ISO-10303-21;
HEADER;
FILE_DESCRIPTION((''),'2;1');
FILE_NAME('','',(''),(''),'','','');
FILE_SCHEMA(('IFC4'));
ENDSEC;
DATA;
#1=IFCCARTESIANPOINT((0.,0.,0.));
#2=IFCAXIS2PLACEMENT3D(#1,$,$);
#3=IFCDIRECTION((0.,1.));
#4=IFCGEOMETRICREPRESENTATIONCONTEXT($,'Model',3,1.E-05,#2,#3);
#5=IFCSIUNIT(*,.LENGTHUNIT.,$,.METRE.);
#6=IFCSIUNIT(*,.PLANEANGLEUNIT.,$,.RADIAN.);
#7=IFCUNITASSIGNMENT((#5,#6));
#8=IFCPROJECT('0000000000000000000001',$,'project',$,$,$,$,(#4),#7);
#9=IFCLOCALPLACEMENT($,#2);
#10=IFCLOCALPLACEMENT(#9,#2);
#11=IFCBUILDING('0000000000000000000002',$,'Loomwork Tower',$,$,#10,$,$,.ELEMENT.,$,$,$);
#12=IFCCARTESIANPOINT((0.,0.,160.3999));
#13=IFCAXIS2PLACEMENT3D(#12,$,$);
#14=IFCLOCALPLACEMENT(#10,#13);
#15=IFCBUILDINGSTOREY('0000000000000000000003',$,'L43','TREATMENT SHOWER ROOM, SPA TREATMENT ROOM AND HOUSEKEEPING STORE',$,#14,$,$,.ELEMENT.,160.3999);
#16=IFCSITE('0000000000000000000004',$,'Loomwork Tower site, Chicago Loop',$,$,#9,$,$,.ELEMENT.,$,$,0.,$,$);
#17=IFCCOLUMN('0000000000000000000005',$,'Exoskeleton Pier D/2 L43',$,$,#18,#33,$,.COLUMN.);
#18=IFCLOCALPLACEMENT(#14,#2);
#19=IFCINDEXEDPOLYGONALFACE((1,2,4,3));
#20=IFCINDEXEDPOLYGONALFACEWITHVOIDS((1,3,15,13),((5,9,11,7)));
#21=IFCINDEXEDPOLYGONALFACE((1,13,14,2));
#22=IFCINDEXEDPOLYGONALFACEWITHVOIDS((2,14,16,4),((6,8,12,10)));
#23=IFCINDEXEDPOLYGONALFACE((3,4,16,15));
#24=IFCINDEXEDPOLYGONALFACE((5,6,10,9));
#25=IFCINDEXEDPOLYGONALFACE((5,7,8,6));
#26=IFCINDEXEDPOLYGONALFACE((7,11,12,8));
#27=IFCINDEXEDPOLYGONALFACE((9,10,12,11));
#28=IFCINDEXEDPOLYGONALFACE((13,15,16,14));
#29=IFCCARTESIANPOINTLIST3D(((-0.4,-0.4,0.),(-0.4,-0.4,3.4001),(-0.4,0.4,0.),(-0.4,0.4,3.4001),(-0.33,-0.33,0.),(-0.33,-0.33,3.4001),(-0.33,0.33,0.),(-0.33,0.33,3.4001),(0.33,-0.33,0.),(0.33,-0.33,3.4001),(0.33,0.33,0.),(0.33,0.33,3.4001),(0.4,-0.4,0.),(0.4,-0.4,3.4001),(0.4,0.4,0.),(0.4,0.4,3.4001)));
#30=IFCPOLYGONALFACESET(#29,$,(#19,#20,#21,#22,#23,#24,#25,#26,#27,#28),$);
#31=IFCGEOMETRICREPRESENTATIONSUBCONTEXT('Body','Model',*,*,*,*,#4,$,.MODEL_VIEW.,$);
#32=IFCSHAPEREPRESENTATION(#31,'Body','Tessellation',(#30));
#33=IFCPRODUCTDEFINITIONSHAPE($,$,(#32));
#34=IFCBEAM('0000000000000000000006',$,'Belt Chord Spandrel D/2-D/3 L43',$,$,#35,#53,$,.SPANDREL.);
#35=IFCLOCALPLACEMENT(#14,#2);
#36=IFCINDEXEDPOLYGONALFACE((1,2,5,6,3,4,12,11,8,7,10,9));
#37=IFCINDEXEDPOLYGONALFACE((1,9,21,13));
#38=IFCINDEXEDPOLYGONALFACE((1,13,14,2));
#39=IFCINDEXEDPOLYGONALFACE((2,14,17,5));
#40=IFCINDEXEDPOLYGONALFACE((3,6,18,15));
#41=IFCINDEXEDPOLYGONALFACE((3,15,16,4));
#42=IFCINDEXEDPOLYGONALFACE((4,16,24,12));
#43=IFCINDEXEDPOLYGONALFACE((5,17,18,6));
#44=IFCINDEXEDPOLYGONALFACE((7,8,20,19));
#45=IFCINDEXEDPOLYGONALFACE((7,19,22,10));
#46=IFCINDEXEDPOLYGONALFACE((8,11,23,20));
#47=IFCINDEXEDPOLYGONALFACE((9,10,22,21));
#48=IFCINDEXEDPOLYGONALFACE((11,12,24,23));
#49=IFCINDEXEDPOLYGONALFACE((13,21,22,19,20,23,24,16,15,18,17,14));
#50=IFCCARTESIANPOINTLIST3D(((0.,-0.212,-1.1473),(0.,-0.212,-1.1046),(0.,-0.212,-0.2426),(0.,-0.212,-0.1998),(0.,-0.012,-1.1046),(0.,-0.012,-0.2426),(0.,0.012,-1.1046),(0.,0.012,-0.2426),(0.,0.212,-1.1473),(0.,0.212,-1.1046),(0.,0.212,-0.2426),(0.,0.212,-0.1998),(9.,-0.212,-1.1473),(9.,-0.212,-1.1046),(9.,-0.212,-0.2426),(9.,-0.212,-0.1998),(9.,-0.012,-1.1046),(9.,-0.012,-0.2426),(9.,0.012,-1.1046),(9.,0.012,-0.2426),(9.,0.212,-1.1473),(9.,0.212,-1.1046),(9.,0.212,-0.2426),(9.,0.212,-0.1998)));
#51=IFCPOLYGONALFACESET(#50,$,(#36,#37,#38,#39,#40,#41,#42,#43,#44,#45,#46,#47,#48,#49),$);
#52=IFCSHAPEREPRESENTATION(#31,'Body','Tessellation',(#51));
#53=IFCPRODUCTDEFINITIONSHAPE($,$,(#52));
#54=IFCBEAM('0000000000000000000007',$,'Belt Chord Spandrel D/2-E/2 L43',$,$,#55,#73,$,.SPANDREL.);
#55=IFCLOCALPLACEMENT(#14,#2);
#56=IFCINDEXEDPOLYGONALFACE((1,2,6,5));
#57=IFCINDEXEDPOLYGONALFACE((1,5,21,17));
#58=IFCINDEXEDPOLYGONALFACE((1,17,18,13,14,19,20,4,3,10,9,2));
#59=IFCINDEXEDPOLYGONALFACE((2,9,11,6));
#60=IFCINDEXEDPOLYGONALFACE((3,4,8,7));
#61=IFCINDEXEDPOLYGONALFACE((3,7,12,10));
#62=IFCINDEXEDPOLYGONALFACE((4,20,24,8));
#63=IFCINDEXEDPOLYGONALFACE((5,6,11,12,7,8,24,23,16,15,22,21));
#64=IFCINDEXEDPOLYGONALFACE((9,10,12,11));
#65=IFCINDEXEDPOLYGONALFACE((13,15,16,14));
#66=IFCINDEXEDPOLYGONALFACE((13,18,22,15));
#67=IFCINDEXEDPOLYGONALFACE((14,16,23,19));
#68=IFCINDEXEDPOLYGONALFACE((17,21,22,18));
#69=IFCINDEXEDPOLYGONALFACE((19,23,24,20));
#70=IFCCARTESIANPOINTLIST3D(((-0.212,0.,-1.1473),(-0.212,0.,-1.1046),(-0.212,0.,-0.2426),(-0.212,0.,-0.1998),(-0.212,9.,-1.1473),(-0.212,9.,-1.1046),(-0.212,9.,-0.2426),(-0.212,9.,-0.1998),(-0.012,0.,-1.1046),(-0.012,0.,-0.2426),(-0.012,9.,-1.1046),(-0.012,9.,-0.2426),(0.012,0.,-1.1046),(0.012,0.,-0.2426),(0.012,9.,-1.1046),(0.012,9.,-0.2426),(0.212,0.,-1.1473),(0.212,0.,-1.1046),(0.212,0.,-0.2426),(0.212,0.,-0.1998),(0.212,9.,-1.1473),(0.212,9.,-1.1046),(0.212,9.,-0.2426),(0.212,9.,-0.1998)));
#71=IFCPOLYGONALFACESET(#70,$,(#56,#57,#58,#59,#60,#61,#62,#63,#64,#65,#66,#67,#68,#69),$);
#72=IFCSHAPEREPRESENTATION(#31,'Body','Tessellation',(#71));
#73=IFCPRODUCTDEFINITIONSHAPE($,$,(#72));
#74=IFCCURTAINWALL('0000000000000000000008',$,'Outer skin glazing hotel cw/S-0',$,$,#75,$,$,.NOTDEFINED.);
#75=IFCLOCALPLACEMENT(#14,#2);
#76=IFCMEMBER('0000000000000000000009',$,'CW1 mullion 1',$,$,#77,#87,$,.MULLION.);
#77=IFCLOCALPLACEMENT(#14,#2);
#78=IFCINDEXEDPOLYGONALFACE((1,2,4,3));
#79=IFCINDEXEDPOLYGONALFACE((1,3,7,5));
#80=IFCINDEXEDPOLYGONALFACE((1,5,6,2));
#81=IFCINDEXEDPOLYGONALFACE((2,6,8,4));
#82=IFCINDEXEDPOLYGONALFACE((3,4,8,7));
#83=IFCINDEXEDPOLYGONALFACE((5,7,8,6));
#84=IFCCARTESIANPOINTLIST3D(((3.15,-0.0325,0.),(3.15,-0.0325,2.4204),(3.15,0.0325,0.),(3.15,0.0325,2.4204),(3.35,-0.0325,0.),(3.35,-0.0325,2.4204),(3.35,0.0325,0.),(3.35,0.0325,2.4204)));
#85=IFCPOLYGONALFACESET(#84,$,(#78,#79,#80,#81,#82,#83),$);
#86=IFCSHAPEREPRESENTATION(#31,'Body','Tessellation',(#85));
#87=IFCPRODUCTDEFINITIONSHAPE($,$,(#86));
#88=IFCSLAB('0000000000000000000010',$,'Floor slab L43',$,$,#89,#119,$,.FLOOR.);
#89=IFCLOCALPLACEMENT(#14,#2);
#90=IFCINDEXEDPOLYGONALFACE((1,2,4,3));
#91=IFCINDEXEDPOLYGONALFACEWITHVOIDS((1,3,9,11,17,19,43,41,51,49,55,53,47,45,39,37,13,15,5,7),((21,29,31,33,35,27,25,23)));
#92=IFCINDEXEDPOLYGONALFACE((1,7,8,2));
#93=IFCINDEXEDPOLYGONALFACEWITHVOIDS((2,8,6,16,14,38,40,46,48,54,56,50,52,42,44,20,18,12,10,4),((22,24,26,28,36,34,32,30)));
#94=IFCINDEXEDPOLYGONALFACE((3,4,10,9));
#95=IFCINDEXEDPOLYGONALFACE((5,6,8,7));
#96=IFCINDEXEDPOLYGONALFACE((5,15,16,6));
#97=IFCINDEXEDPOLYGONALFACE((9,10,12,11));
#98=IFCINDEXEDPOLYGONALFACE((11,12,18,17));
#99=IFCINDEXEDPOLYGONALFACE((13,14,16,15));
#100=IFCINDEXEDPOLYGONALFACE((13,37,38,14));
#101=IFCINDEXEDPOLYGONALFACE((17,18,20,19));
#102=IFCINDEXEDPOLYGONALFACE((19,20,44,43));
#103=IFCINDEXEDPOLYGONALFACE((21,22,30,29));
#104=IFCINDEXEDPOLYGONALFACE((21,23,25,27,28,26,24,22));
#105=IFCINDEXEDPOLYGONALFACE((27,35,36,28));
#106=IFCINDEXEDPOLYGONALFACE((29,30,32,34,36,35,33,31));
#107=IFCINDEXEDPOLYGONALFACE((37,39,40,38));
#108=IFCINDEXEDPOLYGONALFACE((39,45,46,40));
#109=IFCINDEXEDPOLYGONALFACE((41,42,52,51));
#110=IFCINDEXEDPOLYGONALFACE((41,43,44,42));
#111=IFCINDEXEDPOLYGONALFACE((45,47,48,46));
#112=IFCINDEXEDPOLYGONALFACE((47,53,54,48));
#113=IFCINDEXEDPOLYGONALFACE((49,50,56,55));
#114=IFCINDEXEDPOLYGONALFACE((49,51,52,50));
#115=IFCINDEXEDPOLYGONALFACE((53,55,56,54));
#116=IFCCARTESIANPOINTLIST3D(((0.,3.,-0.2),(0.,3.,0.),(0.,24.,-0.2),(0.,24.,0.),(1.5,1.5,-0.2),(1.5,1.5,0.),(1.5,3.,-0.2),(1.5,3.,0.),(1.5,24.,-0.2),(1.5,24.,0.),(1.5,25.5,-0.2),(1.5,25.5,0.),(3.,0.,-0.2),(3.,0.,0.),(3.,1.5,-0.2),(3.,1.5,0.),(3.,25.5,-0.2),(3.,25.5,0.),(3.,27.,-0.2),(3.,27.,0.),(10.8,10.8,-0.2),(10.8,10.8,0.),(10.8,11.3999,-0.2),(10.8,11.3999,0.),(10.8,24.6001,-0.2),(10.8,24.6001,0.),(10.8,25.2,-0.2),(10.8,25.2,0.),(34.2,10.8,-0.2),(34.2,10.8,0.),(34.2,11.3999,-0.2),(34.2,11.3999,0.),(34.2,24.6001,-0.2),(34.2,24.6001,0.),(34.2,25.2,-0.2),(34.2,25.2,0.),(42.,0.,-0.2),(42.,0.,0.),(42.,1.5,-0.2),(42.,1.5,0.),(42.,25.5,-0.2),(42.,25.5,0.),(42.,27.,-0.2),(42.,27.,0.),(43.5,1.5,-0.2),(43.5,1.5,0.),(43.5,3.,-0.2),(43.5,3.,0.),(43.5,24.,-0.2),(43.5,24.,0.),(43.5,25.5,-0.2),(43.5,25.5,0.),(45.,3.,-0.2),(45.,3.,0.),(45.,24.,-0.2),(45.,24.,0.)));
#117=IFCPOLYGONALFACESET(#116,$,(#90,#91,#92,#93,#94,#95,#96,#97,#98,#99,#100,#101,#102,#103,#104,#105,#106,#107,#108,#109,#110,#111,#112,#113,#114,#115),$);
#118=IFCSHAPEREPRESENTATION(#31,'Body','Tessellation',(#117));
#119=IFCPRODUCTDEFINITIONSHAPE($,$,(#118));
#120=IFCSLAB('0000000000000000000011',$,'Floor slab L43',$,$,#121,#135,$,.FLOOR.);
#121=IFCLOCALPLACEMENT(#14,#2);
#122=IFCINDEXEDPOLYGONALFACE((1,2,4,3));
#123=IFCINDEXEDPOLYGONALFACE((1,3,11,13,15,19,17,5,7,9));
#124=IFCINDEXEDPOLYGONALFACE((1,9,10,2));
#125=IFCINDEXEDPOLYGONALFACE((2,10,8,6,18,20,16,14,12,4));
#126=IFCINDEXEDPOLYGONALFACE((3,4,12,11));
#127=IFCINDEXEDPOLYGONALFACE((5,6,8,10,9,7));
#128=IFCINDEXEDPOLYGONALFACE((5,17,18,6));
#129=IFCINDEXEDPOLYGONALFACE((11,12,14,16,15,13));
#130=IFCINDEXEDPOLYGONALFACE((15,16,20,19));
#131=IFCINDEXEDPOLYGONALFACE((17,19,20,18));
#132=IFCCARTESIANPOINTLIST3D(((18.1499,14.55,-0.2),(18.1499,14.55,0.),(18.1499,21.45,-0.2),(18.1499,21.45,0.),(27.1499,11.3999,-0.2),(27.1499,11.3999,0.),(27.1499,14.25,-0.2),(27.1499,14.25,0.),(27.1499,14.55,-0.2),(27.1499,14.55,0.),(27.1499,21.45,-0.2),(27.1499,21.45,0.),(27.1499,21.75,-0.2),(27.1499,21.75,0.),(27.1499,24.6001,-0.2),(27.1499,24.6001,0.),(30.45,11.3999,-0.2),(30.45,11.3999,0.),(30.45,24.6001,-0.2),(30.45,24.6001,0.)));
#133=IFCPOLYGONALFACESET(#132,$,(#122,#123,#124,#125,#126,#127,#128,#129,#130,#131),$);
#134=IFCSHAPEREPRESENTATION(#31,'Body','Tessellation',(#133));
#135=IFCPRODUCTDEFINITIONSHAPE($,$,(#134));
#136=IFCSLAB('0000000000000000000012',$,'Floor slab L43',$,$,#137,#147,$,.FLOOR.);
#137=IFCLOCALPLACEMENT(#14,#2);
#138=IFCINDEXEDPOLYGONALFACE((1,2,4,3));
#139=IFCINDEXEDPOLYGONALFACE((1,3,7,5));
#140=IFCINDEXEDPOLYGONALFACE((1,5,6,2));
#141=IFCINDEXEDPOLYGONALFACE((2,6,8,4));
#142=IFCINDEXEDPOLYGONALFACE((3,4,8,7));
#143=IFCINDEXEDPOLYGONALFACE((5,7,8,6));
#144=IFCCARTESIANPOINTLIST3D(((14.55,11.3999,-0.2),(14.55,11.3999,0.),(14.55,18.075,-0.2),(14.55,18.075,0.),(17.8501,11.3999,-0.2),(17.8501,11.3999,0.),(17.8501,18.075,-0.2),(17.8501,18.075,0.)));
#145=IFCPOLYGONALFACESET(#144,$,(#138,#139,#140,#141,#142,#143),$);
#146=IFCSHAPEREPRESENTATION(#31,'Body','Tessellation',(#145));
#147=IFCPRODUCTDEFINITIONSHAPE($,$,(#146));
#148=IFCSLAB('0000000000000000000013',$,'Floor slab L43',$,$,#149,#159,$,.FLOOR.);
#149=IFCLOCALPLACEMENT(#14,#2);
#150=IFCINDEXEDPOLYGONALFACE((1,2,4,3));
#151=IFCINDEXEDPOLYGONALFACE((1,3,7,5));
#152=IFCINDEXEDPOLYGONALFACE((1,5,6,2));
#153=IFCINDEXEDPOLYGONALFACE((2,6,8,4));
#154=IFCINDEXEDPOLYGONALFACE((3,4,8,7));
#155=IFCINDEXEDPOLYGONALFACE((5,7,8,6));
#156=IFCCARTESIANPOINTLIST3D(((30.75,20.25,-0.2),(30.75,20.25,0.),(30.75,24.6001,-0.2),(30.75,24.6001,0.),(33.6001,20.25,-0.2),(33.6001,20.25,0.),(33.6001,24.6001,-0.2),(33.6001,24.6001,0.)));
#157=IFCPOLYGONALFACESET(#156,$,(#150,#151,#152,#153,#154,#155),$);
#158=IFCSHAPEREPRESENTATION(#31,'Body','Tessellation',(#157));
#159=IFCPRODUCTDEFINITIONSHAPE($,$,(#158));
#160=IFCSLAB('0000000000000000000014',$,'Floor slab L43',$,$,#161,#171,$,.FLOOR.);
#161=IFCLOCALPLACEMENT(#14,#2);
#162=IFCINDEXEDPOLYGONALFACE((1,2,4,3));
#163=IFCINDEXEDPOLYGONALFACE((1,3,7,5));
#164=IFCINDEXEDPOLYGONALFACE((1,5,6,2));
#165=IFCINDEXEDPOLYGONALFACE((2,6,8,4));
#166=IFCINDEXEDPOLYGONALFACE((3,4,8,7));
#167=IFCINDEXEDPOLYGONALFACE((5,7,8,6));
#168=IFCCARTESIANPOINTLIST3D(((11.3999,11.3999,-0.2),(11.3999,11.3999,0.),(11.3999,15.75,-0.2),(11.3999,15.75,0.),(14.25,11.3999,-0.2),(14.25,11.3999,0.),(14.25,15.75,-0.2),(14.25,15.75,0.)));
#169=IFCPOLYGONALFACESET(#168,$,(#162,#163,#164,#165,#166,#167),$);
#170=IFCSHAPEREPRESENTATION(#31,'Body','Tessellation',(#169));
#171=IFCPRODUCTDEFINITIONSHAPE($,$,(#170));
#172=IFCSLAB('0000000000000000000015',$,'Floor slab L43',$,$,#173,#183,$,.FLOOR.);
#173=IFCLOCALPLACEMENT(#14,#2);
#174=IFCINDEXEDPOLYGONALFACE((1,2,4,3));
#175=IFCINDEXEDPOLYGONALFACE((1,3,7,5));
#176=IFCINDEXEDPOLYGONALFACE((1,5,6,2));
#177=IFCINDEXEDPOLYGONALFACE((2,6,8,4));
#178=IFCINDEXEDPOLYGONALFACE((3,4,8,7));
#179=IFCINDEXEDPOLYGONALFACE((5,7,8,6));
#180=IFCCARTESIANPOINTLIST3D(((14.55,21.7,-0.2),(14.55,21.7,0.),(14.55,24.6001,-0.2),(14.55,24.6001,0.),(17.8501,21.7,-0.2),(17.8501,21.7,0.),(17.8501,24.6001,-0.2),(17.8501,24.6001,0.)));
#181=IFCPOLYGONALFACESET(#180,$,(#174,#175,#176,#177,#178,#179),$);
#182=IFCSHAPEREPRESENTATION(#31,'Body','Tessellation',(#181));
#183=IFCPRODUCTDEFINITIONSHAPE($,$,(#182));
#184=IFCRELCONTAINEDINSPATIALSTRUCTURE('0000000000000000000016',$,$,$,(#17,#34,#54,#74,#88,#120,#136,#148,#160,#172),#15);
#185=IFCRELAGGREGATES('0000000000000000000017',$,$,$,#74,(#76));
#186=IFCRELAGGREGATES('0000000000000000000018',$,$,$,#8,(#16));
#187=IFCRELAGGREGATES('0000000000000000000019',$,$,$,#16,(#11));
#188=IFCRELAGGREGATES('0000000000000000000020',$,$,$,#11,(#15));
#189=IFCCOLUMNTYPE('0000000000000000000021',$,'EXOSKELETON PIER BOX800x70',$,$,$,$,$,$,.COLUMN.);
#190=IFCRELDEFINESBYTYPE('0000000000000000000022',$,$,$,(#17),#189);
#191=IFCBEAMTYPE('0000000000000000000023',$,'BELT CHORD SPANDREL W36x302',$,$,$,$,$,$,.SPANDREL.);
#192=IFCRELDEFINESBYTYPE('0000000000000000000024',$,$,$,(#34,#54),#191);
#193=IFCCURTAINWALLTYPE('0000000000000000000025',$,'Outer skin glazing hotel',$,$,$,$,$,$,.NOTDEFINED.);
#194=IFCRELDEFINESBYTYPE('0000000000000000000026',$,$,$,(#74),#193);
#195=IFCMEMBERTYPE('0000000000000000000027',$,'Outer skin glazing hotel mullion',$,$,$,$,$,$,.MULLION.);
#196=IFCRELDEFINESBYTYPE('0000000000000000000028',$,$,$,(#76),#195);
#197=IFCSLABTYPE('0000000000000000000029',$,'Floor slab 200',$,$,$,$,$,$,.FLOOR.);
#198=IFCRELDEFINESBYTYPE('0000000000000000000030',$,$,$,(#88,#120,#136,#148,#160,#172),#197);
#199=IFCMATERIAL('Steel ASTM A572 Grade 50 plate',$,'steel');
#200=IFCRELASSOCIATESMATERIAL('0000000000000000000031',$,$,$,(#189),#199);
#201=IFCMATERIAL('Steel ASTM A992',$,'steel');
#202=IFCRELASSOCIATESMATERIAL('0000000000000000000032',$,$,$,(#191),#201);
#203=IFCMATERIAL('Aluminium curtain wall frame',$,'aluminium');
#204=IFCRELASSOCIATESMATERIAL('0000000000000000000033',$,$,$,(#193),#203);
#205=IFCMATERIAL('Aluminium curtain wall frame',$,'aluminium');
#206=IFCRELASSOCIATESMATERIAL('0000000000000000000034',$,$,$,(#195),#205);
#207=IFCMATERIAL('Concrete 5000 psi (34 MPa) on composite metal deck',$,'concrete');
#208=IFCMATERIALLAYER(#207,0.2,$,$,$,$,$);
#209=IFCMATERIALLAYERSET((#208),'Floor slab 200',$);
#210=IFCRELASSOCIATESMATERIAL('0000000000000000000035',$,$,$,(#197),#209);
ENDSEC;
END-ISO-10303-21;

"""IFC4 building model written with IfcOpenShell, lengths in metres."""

from ifc_helpers import new_model, si_unit, direction, frame, origin, origin_with_axes, origin_2d, place, context, subcontext, project, spatial, polyline, rectangle, hollow_rectangle, i_section, outline, extrude, material, layer, layer_set, material_profile, profile_set, type_object, element, aggregate, save


model = new_model("IFC4")

# Units and contexts
model_context = context("Model", 3, precision=1e-05, world=origin(), true_north=direction((0.0, 1.0)))
body_context = subcontext(model_context, "Body", "Model", "MODEL_VIEW")
ifc_project = project(units=[si_unit("LENGTHUNIT", "METRE"), si_unit("PLANEANGLEUNIT", "RADIAN")], contexts=[model_context])

# Site, building, storey
site_placement = place(None, origin())
site = spatial("IfcSite", under=ifc_project, at=site_placement, Name="Loomwork Tower site, Chicago Loop", CompositionType="ELEMENT", RefElevation=0.0)
building_placement = place(site_placement, origin())
building = spatial("IfcBuilding", under=site, at=building_placement, Name="Loomwork Tower", CompositionType="ELEMENT")
storey_placement = place(building_placement, frame((0.0, 0.0, 160.3999)))
storey = spatial("IfcBuildingStorey", under=building, at=storey_placement, Name="L43", Description="TREATMENT SHOWER ROOM, SPA TREATMENT ROOM AND HOUSEKEEPING STORE", CompositionType="ELEMENT", Elevation=160.3999)

# Column
ifc_material_1 = material(Name="Steel ASTM A572 Grade 50 plate", Category="steel")
ifc_material_profile_1 = material_profile(ifc_material_1, hollow_rectangle(XDim=0.8, YDim=0.8, WallThickness=0.0701, at=origin_2d()), Name="BOX800x70")
ifc_profile_set_1 = profile_set([ifc_material_profile_1], Name="Steel ASTM A572 Grade 50 plate")
column_type = type_object("IfcColumnType", Name="EXOSKELETON PIER BOX800x70", PredefinedType="COLUMN", material=ifc_profile_set_1)
column_placement = place(storey_placement, origin_with_axes())
element("IfcColumn", 1, at=column_placement, inside=storey, type_object=column_type, Name="Exoskeleton Pier D/2 L43", PredefinedType="COLUMN", context=body_context, shape_type="SweptSolid", body=[
    extrude(hollow_rectangle(XDim=0.8, YDim=0.8, WallThickness=0.0701, at=origin_2d()), origin(), (0.0, 0.0, 1.0), 3.4001),
])

# Beams
ifc_material_2 = material(Name="Steel ASTM A992", Category="steel")
ifc_material_profile_2 = material_profile(ifc_material_2, i_section(OverallWidth=0.4241, OverallDepth=0.9475, WebThickness=0.0239, FlangeThickness=0.0427, at=origin_2d()), Name="W36x302")
ifc_profile_set_2 = profile_set([ifc_material_profile_2], Name="Steel ASTM A992")
beam_type = type_object("IfcBeamType", Name="BELT CHORD SPANDREL W36x302", PredefinedType="SPANDREL", material=ifc_profile_set_2)
for number, where, z_axis, x_axis, name in (
    (2, (0.0, 0.0, -0.6736), (1.0, 0.0, 0.0), (0.0, 1.0, 0.0), "Belt Chord Spandrel D/2-D/3 L43"),
    (3, (0.0, 0.0, -0.6736), (0.0, 1.0, 0.0), (-1.0, 0.0, 0.0), "Belt Chord Spandrel D/2-E/2 L43"),
):
    element("IfcBeam", number, at=place(storey_placement, frame(where, z_axis=z_axis, x_axis=x_axis)), inside=storey, type_object=beam_type, Name=name, PredefinedType="SPANDREL", context=body_context, shape_type="SweptSolid", body=[
        extrude(i_section(OverallWidth=0.4241, OverallDepth=0.9475, WebThickness=0.0239, FlangeThickness=0.0427, at=origin_2d()), origin(), (0.0, 0.0, 1.0), 9.0),
    ])

# Curtain wall, member
ifc_material_3 = material(Name="Aluminium curtain wall frame", Category="aluminium")
curtain_wall_type = type_object("IfcCurtainWallType", Name="Outer skin glazing hotel", PredefinedType="NOTDEFINED", material=ifc_material_3)
curtain_wall_placement = place(storey_placement, origin())
curtain_wall = element("IfcCurtainWall", 4, at=curtain_wall_placement, inside=storey, type_object=curtain_wall_type, Name="Outer skin glazing hotel cw/S-0", PredefinedType="NOTDEFINED")
ifc_material_4 = material(Name="Aluminium curtain wall frame", Category="aluminium")
ifc_material_profile_3 = material_profile(ifc_material_4, rectangle(XDim=0.0649, YDim=0.2, at=origin_2d()), Name="AL 65x200")
ifc_profile_set_3 = profile_set([ifc_material_profile_3], Name="Aluminium curtain wall frame")
member_type = type_object("IfcMemberType", Name="Outer skin glazing hotel mullion", PredefinedType="MULLION", material=ifc_profile_set_3)
member_placement = place(storey_placement, frame((3.25, 0.0, 0.0), z_axis=(0.0, 0.0, 1.0), x_axis=(0.0, 1.0, 0.0)))
member = element("IfcMember", 5, at=member_placement, type_object=member_type, Name="CW1 mullion 1", PredefinedType="MULLION", context=body_context, shape_type="SweptSolid", body=[
    extrude(rectangle(XDim=0.0649, YDim=0.2, at=origin_2d()), origin(), (0.0, 0.0, 1.0), 2.4204),
])
aggregate(curtain_wall, [member])

# Slabs
ifc_material_5 = material(Name="Concrete 5000 psi (34 MPa) on composite metal deck", Category="concrete")
ifc_layer_1 = layer(ifc_material_5, 0.2)
ifc_layer_set_1 = layer_set([ifc_layer_1], Name="Floor slab 200")
slab_type_1 = type_object("IfcSlabType", Name="Floor slab 200", PredefinedType="FLOOR", material=ifc_layer_set_1)
slab_1_placement = place(storey_placement, frame((0.0, 0.0, -0.2)))
element("IfcSlab", 6, at=slab_1_placement, inside=storey, type_object=slab_type_1, Name="Floor slab L43", PredefinedType="FLOOR", context=body_context, shape_type="SweptSolid", body=[
    extrude(outline(polyline([(3.0, 1.5), (1.5, 1.5), (1.5, 3.0), (0.0, 3.0), (0.0, 24.0), (1.5, 24.0), (1.5, 25.5), (3.0, 25.5), (3.0, 27.0), (42.0, 27.0), (42.0, 25.5), (43.5, 25.5), (43.5, 24.0), (45.0, 24.0), (45.0, 3.0), (43.5, 3.0), (43.5, 1.5), (42.0, 1.5), (42.0, 0.0), (3.0, 0.0), (3.0, 1.5)]), holes=[polyline([(10.8, 11.3999), (10.8, 11.3999), (10.8, 10.8), (34.2, 10.8), (34.2, 11.3999), (34.2, 11.3999), (34.2, 24.6001), (34.2, 25.2), (10.8, 25.2), (10.8, 24.6001), (10.8, 11.3999)])]), origin(), (0.0, 0.0, 1.0), 0.2),
])
slab_2_placement = place(storey_placement, frame((0.0, 0.0, -0.2)))
element("IfcSlab", 7, at=slab_2_placement, inside=storey, type_object=slab_type_1, Name="Floor slab L43", PredefinedType="FLOOR", context=body_context, shape_type="SweptSolid", body=[
    extrude(outline(polyline([(30.45, 24.6001), (30.45, 11.3999), (27.1499, 11.3999), (27.1499, 14.25), (27.1499, 14.55), (18.1499, 14.55), (18.1499, 21.45), (27.1499, 21.45), (27.1499, 21.75), (27.1499, 24.6001), (30.45, 24.6001)])), origin(), (0.0, 0.0, 1.0), 0.2),
])
slab_3_placement = place(storey_placement, frame((0.0, 0.0, -0.2)))
element("IfcSlab", 8, at=slab_3_placement, inside=storey, type_object=slab_type_1, Name="Floor slab L43", PredefinedType="FLOOR", context=body_context, shape_type="SweptSolid", body=[
    extrude(outline(polyline([(14.55, 11.3999), (14.55, 18.075), (17.8501, 18.075), (17.8501, 11.3999), (14.55, 11.3999)])), origin(), (0.0, 0.0, 1.0), 0.2),
])
slab_4_placement = place(storey_placement, frame((0.0, 0.0, -0.2)))
element("IfcSlab", 9, at=slab_4_placement, inside=storey, type_object=slab_type_1, Name="Floor slab L43", PredefinedType="FLOOR", context=body_context, shape_type="SweptSolid", body=[
    extrude(outline(polyline([(33.6001, 20.25), (30.75, 20.25), (30.75, 24.6001), (33.6001, 24.6001), (33.6001, 20.25)])), origin(), (0.0, 0.0, 1.0), 0.2),
])
slab_5_placement = place(storey_placement, frame((0.0, 0.0, -0.2)))
element("IfcSlab", 10, at=slab_5_placement, inside=storey, type_object=slab_type_1, Name="Floor slab L43", PredefinedType="FLOOR", context=body_context, shape_type="SweptSolid", body=[
    extrude(outline(polyline([(14.25, 15.75), (14.25, 11.3999), (11.3999, 11.3999), (11.3999, 15.75), (14.25, 15.75)])), origin(), (0.0, 0.0, 1.0), 0.2),
])
slab_6_placement = place(storey_placement, frame((0.0, 0.0, -0.2)))
element("IfcSlab", 11, at=slab_6_placement, inside=storey, type_object=slab_type_1, Name="Floor slab L43", PredefinedType="FLOOR", context=body_context, shape_type="SweptSolid", body=[
    extrude(outline(polyline([(14.55, 21.7), (14.55, 24.6001), (17.8501, 24.6001), (17.8501, 21.7), (14.55, 21.7)])), origin(), (0.0, 0.0, 1.0), 0.2),
])

save(model, "model.ifc")
